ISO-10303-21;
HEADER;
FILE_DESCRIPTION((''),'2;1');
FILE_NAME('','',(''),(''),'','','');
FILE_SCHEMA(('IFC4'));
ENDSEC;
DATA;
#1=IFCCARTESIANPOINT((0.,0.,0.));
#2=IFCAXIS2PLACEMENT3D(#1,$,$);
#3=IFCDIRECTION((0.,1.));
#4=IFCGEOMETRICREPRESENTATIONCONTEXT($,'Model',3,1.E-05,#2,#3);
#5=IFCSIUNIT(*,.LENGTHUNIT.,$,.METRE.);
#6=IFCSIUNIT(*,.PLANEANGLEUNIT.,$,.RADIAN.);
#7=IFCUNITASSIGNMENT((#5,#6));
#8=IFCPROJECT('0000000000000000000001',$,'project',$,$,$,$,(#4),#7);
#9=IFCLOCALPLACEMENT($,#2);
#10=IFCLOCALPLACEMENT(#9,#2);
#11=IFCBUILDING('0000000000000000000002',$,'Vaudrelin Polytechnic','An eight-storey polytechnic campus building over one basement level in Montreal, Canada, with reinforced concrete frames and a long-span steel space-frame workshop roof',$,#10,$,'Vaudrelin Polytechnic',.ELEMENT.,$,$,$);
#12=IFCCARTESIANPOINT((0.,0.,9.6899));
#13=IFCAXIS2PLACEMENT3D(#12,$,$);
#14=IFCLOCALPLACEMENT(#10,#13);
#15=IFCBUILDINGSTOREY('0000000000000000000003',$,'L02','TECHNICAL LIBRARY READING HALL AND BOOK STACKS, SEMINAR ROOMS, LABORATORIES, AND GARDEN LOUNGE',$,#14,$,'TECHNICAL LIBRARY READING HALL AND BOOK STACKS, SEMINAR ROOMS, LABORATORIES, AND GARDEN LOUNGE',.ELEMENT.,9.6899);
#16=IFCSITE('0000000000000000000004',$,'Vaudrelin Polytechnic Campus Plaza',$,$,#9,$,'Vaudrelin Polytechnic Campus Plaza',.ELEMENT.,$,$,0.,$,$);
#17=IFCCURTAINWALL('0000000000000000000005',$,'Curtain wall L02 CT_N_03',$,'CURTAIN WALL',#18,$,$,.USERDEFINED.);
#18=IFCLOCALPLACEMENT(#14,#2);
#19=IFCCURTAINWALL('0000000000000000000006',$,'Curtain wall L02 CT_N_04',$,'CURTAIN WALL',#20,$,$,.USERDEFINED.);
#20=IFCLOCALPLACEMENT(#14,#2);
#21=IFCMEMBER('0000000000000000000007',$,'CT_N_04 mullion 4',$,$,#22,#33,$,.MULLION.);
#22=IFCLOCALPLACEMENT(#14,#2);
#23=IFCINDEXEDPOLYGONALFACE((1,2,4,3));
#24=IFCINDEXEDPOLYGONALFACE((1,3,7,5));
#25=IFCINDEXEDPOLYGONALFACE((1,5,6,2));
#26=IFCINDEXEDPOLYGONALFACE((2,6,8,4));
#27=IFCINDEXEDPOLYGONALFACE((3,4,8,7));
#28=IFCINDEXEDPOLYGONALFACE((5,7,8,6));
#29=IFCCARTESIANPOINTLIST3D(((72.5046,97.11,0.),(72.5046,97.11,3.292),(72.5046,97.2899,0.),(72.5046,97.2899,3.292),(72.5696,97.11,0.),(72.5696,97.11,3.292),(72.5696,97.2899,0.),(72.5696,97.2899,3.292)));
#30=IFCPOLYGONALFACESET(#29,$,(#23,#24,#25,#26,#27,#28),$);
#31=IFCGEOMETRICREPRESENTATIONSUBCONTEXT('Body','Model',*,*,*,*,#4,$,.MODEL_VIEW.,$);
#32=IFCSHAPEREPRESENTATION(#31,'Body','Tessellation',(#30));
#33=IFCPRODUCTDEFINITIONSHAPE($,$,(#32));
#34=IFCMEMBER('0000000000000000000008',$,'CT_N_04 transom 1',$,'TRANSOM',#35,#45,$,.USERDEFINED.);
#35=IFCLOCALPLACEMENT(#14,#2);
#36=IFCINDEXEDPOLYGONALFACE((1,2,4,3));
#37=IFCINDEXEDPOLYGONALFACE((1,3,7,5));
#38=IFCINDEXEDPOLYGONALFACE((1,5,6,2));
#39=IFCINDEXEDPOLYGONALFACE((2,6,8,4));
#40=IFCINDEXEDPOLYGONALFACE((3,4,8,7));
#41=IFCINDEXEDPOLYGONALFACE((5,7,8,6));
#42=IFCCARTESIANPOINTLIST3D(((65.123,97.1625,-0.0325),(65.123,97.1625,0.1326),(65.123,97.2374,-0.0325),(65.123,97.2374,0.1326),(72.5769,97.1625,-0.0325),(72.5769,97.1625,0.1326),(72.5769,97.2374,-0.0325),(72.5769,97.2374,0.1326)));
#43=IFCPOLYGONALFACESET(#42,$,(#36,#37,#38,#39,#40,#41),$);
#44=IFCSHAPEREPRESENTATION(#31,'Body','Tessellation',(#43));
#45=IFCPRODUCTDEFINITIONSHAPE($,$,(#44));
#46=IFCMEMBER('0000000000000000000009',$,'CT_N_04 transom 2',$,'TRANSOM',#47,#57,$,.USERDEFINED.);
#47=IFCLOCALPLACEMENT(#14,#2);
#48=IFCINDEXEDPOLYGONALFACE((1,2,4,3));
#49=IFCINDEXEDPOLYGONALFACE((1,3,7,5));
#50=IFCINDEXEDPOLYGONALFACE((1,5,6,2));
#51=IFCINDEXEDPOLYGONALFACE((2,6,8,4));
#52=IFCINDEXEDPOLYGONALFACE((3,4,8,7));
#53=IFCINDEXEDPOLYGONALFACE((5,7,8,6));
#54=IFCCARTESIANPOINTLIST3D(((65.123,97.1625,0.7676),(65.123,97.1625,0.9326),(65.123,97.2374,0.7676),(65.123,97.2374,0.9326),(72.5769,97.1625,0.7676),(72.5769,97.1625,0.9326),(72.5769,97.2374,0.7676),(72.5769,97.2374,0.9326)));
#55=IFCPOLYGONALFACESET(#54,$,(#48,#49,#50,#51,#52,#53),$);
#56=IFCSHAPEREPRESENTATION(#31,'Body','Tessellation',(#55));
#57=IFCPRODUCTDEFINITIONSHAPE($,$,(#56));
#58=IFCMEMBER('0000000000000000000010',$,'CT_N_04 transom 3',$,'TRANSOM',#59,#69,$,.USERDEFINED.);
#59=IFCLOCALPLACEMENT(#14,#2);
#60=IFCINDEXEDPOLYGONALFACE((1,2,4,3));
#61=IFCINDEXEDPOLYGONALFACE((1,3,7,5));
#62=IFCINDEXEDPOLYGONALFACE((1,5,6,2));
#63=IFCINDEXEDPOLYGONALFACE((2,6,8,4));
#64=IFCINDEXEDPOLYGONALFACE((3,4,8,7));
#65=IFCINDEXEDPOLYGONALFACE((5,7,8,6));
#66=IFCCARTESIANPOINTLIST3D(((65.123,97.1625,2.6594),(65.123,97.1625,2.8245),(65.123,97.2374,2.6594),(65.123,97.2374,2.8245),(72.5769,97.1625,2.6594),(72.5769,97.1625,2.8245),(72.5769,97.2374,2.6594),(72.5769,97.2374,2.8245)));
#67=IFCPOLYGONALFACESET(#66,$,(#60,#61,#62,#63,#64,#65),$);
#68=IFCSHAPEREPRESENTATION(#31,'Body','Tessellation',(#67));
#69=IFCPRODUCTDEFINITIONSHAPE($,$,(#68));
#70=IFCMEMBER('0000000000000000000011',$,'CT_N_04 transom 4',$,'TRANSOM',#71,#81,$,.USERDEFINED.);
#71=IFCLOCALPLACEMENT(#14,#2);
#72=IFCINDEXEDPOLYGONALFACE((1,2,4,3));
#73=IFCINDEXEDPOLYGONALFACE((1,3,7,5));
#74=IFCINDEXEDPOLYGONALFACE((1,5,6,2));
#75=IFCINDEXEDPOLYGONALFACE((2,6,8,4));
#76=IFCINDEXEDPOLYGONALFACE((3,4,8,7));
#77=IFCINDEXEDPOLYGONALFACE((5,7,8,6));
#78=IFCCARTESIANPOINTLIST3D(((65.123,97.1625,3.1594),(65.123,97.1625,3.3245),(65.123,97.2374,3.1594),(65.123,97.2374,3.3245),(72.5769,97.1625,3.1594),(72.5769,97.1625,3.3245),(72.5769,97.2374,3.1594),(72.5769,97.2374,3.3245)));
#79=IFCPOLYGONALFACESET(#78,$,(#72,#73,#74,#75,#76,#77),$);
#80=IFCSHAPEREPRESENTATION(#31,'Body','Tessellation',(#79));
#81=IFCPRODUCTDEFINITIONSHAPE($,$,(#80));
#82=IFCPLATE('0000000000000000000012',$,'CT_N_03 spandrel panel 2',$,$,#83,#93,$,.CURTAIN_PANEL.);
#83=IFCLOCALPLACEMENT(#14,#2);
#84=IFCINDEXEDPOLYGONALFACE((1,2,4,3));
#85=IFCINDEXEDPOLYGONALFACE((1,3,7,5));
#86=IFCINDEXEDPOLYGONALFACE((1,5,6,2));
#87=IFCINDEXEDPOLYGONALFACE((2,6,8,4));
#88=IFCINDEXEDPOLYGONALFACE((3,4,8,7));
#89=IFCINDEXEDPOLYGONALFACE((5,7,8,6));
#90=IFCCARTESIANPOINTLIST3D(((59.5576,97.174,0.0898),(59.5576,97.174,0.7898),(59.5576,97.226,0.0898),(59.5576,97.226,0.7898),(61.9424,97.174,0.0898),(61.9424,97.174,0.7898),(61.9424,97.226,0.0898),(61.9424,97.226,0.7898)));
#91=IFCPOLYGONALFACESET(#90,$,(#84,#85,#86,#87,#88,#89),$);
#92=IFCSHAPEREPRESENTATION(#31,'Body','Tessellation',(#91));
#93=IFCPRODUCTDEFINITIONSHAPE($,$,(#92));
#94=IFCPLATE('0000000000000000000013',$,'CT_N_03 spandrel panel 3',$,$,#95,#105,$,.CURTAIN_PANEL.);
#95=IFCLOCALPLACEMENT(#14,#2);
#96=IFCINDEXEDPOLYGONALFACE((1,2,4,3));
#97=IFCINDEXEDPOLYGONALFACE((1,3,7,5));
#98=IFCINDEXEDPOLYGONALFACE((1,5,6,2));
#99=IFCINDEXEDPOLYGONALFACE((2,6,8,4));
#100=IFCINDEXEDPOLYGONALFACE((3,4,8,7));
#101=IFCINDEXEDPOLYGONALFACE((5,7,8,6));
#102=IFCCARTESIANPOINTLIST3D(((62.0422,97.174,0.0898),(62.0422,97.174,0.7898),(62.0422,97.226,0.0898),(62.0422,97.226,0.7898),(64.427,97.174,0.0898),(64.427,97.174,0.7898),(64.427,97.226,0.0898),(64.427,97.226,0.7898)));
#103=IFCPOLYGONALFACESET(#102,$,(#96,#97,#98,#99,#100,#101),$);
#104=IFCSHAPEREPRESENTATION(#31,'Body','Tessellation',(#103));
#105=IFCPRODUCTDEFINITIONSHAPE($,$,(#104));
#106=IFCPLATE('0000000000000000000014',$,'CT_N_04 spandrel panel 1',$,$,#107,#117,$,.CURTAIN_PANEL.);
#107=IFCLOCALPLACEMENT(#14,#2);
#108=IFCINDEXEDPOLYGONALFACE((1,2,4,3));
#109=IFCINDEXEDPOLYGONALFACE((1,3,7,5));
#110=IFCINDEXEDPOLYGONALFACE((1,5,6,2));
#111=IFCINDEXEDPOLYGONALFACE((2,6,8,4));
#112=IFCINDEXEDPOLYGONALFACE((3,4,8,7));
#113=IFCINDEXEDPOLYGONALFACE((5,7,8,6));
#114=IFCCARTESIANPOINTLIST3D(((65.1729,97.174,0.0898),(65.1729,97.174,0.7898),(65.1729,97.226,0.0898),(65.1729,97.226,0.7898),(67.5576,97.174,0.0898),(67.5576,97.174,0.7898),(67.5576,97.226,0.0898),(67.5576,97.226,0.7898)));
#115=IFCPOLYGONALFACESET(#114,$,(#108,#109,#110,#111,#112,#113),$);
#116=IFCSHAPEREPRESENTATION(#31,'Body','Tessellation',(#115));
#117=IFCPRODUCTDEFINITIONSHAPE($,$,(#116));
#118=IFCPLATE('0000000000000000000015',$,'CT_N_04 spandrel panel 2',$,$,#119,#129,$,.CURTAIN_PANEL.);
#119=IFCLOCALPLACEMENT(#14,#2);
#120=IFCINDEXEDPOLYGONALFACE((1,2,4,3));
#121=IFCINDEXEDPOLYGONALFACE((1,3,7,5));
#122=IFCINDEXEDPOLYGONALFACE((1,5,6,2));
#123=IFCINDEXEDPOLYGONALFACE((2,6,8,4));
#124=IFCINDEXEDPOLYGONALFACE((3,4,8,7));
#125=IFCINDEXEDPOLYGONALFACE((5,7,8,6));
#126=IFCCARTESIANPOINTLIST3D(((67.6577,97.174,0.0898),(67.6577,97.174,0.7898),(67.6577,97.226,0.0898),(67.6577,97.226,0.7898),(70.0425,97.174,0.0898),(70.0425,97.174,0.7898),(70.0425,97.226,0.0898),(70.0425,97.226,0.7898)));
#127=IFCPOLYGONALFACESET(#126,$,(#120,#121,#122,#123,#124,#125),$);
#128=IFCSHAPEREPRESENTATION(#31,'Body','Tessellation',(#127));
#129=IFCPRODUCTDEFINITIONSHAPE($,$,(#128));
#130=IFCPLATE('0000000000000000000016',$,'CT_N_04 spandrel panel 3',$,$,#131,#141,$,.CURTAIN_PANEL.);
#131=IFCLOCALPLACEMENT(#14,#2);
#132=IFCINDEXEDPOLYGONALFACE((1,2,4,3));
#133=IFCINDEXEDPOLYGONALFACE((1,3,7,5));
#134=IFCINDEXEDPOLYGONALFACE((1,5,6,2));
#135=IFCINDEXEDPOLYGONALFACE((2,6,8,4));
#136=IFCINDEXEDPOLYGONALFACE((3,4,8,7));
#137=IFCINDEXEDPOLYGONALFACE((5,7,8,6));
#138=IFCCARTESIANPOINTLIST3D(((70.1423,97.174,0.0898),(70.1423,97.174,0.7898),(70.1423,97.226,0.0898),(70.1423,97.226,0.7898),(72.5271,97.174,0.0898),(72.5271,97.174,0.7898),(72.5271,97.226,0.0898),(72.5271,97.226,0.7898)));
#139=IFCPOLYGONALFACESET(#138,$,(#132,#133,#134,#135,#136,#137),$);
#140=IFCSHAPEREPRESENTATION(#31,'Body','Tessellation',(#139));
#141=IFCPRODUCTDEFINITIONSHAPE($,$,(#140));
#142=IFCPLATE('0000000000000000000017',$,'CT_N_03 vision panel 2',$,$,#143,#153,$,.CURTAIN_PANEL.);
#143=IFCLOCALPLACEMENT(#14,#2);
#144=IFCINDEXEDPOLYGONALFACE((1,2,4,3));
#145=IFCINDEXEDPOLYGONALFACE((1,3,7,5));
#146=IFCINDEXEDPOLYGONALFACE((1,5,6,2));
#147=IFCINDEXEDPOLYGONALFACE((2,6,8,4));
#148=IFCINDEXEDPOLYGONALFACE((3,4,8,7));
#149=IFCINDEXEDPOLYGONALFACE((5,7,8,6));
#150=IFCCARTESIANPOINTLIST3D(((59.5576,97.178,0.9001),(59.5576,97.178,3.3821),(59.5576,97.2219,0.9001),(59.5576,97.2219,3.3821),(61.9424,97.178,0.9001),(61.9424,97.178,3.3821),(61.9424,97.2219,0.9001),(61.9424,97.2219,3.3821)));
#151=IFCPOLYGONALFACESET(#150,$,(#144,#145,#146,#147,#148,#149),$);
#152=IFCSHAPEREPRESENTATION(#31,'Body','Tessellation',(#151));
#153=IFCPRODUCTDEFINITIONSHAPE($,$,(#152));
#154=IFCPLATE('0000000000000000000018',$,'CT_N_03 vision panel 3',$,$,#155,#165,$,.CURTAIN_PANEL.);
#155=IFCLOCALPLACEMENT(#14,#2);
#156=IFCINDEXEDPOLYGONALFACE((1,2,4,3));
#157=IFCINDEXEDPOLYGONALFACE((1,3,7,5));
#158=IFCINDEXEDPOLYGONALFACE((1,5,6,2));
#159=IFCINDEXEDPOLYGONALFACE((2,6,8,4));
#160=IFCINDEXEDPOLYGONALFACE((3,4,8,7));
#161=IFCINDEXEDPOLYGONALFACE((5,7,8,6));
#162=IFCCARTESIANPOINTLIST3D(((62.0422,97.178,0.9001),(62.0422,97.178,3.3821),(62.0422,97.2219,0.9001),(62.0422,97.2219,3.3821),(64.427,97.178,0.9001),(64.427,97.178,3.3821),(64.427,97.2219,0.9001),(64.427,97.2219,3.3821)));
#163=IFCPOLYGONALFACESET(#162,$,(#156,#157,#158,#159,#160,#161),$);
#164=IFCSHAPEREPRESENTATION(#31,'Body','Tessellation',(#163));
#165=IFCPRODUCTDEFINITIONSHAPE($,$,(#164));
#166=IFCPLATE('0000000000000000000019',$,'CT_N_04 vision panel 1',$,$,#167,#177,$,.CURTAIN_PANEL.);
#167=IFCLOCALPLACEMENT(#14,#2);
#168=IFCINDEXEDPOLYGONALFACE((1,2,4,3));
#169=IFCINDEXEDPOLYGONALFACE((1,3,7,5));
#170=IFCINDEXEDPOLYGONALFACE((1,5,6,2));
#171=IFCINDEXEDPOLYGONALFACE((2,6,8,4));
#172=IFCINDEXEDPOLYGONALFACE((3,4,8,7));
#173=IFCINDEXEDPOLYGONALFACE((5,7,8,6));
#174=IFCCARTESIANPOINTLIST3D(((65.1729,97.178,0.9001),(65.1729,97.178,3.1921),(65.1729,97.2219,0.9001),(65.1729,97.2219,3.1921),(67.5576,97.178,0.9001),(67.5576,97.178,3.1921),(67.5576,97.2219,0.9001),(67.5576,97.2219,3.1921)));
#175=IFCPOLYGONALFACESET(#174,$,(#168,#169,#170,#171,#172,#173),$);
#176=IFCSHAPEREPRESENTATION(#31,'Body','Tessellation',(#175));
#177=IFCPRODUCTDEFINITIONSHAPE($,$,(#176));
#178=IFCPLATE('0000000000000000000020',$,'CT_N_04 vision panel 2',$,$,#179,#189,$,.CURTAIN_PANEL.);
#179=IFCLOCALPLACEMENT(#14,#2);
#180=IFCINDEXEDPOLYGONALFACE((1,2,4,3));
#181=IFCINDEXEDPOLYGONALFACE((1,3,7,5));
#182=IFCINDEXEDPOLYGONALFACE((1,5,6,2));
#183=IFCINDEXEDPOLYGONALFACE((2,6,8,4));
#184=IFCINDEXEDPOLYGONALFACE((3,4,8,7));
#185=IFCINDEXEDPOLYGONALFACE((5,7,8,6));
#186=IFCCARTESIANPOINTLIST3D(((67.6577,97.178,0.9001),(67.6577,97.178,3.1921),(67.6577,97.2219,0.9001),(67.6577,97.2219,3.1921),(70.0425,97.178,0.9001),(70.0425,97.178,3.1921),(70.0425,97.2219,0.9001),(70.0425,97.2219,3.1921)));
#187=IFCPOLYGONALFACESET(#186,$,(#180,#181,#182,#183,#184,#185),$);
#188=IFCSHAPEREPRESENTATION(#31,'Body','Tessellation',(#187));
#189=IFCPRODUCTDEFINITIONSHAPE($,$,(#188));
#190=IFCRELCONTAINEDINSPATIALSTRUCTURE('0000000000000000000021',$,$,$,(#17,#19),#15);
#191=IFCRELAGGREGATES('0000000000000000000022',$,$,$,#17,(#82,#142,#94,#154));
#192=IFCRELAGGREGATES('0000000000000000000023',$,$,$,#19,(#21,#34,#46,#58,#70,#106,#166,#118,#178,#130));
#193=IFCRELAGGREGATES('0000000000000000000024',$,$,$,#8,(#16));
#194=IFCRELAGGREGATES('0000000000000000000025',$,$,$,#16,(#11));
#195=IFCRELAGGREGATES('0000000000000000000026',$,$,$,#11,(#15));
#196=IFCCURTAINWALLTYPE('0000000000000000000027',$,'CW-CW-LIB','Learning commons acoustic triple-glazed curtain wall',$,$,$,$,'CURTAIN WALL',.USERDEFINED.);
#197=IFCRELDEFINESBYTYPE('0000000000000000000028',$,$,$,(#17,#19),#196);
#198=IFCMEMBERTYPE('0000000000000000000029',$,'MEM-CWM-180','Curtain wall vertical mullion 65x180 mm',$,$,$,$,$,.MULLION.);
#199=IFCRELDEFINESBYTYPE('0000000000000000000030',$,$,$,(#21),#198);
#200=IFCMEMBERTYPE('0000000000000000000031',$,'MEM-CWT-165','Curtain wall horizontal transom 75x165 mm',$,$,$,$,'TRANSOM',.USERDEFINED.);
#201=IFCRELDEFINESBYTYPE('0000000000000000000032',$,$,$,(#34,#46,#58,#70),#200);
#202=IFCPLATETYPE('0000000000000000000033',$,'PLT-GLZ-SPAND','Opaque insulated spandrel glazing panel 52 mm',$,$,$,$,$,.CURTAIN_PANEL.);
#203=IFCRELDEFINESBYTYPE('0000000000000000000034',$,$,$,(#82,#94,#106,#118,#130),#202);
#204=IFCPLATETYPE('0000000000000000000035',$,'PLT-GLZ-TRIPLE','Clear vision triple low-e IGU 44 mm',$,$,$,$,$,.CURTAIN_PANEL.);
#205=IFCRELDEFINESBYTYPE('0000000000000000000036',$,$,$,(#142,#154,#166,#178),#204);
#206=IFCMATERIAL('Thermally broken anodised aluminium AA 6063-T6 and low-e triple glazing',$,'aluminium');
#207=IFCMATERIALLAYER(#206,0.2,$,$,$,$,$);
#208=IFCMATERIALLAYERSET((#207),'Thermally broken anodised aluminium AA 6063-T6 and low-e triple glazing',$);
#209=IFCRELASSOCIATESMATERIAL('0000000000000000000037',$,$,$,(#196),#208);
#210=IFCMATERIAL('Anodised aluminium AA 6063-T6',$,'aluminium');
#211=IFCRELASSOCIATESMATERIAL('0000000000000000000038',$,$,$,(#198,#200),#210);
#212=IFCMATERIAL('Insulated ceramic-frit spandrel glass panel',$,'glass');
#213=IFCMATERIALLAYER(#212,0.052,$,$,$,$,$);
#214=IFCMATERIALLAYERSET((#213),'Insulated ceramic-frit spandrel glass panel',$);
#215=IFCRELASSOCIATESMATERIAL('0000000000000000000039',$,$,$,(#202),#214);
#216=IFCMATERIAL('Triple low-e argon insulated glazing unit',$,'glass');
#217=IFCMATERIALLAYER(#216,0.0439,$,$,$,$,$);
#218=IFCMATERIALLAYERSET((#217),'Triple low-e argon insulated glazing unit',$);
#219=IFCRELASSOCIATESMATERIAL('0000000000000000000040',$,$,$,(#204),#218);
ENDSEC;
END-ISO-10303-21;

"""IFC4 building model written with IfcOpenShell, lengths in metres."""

from ifc_helpers import new_model, si_unit, direction, frame, origin, origin_2d, place, context, subcontext, project, spatial, rectangle, extrude, material, layer, layer_set, material_profile, profile_set, type_object, element, aggregate, save


model = new_model("IFC4")

# Units and contexts
model_context = context("Model", 3, precision=1e-05, world=origin(), true_north=direction((0.0, 1.0)))
body_context = subcontext(model_context, "Body", "Model", "MODEL_VIEW")
ifc_project = project(units=[si_unit("LENGTHUNIT", "METRE"), si_unit("PLANEANGLEUNIT", "RADIAN")], contexts=[model_context])

# Site, building, storey
site_placement = place(None, origin())
site = spatial("IfcSite", under=ifc_project, at=site_placement, Name="Vaudrelin Polytechnic Campus Plaza", LongName="Vaudrelin Polytechnic Campus Plaza", CompositionType="ELEMENT", RefElevation=0.0)
building_placement = place(site_placement, origin())
building = spatial("IfcBuilding", under=site, at=building_placement, Name="Vaudrelin Polytechnic", Description="An eight-storey polytechnic campus building over one basement level in Montreal, Canada, with reinforced concrete frames and a long-span steel space-frame workshop roof", LongName="Vaudrelin Polytechnic", CompositionType="ELEMENT")
storey_placement = place(building_placement, frame((0.0, 0.0, 9.6899)))
storey = spatial("IfcBuildingStorey", under=building, at=storey_placement, Name="L02", Description="TECHNICAL LIBRARY READING HALL AND BOOK STACKS, SEMINAR ROOMS, LABORATORIES, AND GARDEN LOUNGE", LongName="TECHNICAL LIBRARY READING HALL AND BOOK STACKS, SEMINAR ROOMS, LABORATORIES, AND GARDEN LOUNGE", CompositionType="ELEMENT", Elevation=9.6899)

# Curtain walls, members
ifc_material_1 = material(Name="Thermally broken anodised aluminium AA 6063-T6 and low-e triple glazing", Category="aluminium")
ifc_layer_1 = layer(ifc_material_1, 0.2)
ifc_layer_set_1 = layer_set([ifc_layer_1], Name="Thermally broken anodised aluminium AA 6063-T6 and low-e triple glazing")
curtain_wall_type = type_object("IfcCurtainWallType", Name="CW-CW-LIB", Description="Learning commons acoustic triple-glazed curtain wall", ElementType="CURTAIN WALL", PredefinedType="USERDEFINED", material=ifc_layer_set_1)
curtain_wall_1_placement = place(storey_placement, origin())
curtain_wall_1 = element("IfcCurtainWall", 1, at=curtain_wall_1_placement, inside=storey, type_object=curtain_wall_type, Name="Curtain wall L02 CT_N_03", ObjectType="CURTAIN WALL", PredefinedType="USERDEFINED")
ifc_material_2 = material(Name="Anodised aluminium AA 6063-T6", Category="aluminium")
ifc_material_profile_1 = material_profile(ifc_material_2, rectangle(XDim=0.0649, YDim=0.1799, at=origin_2d()), Name="CWM-65x180")
ifc_profile_set_1 = profile_set([ifc_material_profile_1], Name="Anodised aluminium AA 6063-T6")
member_type_1 = type_object("IfcMemberType", Name="MEM-CWM-180", Description="Curtain wall vertical mullion 65x180 mm", PredefinedType="MULLION", material=ifc_profile_set_1)
curtain_wall_2_placement = place(storey_placement, origin())
curtain_wall_2 = element("IfcCurtainWall", 2, at=curtain_wall_2_placement, inside=storey, type_object=curtain_wall_type, Name="Curtain wall L02 CT_N_04", ObjectType="CURTAIN WALL", PredefinedType="USERDEFINED")
member_1_placement = place(storey_placement, frame((72.5371, 97.2, 0.0), z_axis=(0.0, 0.0, 1.0), x_axis=(1.0, 0.0, 0.0)))
member_1 = element("IfcMember", 3, at=member_1_placement, type_object=member_type_1, Name="CT_N_04 mullion 4", PredefinedType="MULLION", context=body_context, shape_type="SweptSolid", body=[
    extrude(rectangle(XDim=0.0649, YDim=0.1799, at=origin_2d()), origin(), (0.0, 0.0, 1.0), 3.292),
])
ifc_material_profile_2 = material_profile(ifc_material_2, rectangle(XDim=0.075, YDim=0.165, at=origin_2d()), Name="CWT-75x165")
ifc_profile_set_2 = profile_set([ifc_material_profile_2], Name="Anodised aluminium AA 6063-T6")
member_type_2 = type_object("IfcMemberType", Name="MEM-CWT-165", Description="Curtain wall horizontal transom 75x165 mm", ElementType="TRANSOM", PredefinedType="USERDEFINED", material=ifc_profile_set_2)
member_2_placement = place(storey_placement, frame((65.123, 97.2, 0.05), z_axis=(1.0, 0.0, 0.0), x_axis=(0.0, 1.0, 0.0)))
member_2 = element("IfcMember", 4, at=member_2_placement, type_object=member_type_2, Name="CT_N_04 transom 1", ObjectType="TRANSOM", PredefinedType="USERDEFINED", context=body_context, shape_type="SweptSolid", body=[
    extrude(rectangle(XDim=0.075, YDim=0.165, at=origin_2d()), origin(), (0.0, 0.0, 1.0), 7.4539),
])
member_3_placement = place(storey_placement, frame((65.123, 97.2, 0.8501), z_axis=(1.0, 0.0, 0.0), x_axis=(0.0, 1.0, 0.0)))
member_3 = element("IfcMember", 5, at=member_3_placement, type_object=member_type_2, Name="CT_N_04 transom 2", ObjectType="TRANSOM", PredefinedType="USERDEFINED", context=body_context, shape_type="SweptSolid", body=[
    extrude(rectangle(XDim=0.075, YDim=0.165, at=origin_2d()), origin(), (0.0, 0.0, 1.0), 7.4539),
])
member_4_placement = place(storey_placement, frame((65.123, 97.2, 2.7419), z_axis=(1.0, 0.0, 0.0), x_axis=(0.0, 1.0, 0.0)))
member_4 = element("IfcMember", 6, at=member_4_placement, type_object=member_type_2, Name="CT_N_04 transom 3", ObjectType="TRANSOM", PredefinedType="USERDEFINED", context=body_context, shape_type="SweptSolid", body=[
    extrude(rectangle(XDim=0.075, YDim=0.165, at=origin_2d()), origin(), (0.0, 0.0, 1.0), 7.4539),
])
member_5_placement = place(storey_placement, frame((65.123, 97.2, 3.2419), z_axis=(1.0, 0.0, 0.0), x_axis=(0.0, 1.0, 0.0)))
member_5 = element("IfcMember", 7, at=member_5_placement, type_object=member_type_2, Name="CT_N_04 transom 4", ObjectType="TRANSOM", PredefinedType="USERDEFINED", context=body_context, shape_type="SweptSolid", body=[
    extrude(rectangle(XDim=0.075, YDim=0.165, at=origin_2d()), origin(), (0.0, 0.0, 1.0), 7.4539),
])

# Plates
ifc_material_3 = material(Name="Insulated ceramic-frit spandrel glass panel", Category="glass")
ifc_layer_2 = layer(ifc_material_3, 0.052)
ifc_layer_set_2 = layer_set([ifc_layer_2], Name="Insulated ceramic-frit spandrel glass panel")
plate_type_1 = type_object("IfcPlateType", Name="PLT-GLZ-SPAND", Description="Opaque insulated spandrel glazing panel 52 mm", PredefinedType="CURTAIN_PANEL", material=ifc_layer_set_2)
plate_1_placement = place(storey_placement, frame((60.75, 97.2, 0.0898), z_axis=(0.0, 0.0, 1.0), x_axis=(1.0, 0.0, 0.0)))
plate_1 = element("IfcPlate", 8, at=plate_1_placement, type_object=plate_type_1, Name="CT_N_03 spandrel panel 2", PredefinedType="CURTAIN_PANEL", context=body_context, shape_type="SweptSolid", body=[
    extrude(rectangle(XDim=2.3848, YDim=0.052, at=origin_2d()), origin(), (0.0, 0.0, 1.0), 0.7),
])
plate_2_placement = place(storey_placement, frame((63.2346, 97.2, 0.0898), z_axis=(0.0, 0.0, 1.0), x_axis=(1.0, 0.0, 0.0)))
plate_2 = element("IfcPlate", 9, at=plate_2_placement, type_object=plate_type_1, Name="CT_N_03 spandrel panel 3", PredefinedType="CURTAIN_PANEL", context=body_context, shape_type="SweptSolid", body=[
    extrude(rectangle(XDim=2.3848, YDim=0.052, at=origin_2d()), origin(), (0.0, 0.0, 1.0), 0.7),
])
plate_3_placement = place(storey_placement, frame((66.3652, 97.2, 0.0898), z_axis=(0.0, 0.0, 1.0), x_axis=(1.0, 0.0, 0.0)))
plate_3 = element("IfcPlate", 10, at=plate_3_placement, type_object=plate_type_1, Name="CT_N_04 spandrel panel 1", PredefinedType="CURTAIN_PANEL", context=body_context, shape_type="SweptSolid", body=[
    extrude(rectangle(XDim=2.3848, YDim=0.052, at=origin_2d()), origin(), (0.0, 0.0, 1.0), 0.7),
])
plate_4_placement = place(storey_placement, frame((68.8501, 97.2, 0.0898), z_axis=(0.0, 0.0, 1.0), x_axis=(1.0, 0.0, 0.0)))
plate_4 = element("IfcPlate", 11, at=plate_4_placement, type_object=plate_type_1, Name="CT_N_04 spandrel panel 2", PredefinedType="CURTAIN_PANEL", context=body_context, shape_type="SweptSolid", body=[
    extrude(rectangle(XDim=2.3848, YDim=0.052, at=origin_2d()), origin(), (0.0, 0.0, 1.0), 0.7),
])
plate_5_placement = place(storey_placement, frame((71.3347, 97.2, 0.0898), z_axis=(0.0, 0.0, 1.0), x_axis=(1.0, 0.0, 0.0)))
plate_5 = element("IfcPlate", 12, at=plate_5_placement, type_object=plate_type_1, Name="CT_N_04 spandrel panel 3", PredefinedType="CURTAIN_PANEL", context=body_context, shape_type="SweptSolid", body=[
    extrude(rectangle(XDim=2.3848, YDim=0.052, at=origin_2d()), origin(), (0.0, 0.0, 1.0), 0.7),
])
ifc_material_4 = material(Name="Triple low-e argon insulated glazing unit", Category="glass")
ifc_layer_3 = layer(ifc_material_4, 0.0439)
ifc_layer_set_3 = layer_set([ifc_layer_3], Name="Triple low-e argon insulated glazing unit")
plate_type_2 = type_object("IfcPlateType", Name="PLT-GLZ-TRIPLE", Description="Clear vision triple low-e IGU 44 mm", PredefinedType="CURTAIN_PANEL", material=ifc_layer_set_3)
plate_6_placement = place(storey_placement, frame((60.75, 97.2, 0.9001), z_axis=(0.0, 0.0, 1.0), x_axis=(1.0, 0.0, 0.0)))
plate_6 = element("IfcPlate", 13, at=plate_6_placement, type_object=plate_type_2, Name="CT_N_03 vision panel 2", PredefinedType="CURTAIN_PANEL", context=body_context, shape_type="SweptSolid", body=[
    extrude(rectangle(XDim=2.3848, YDim=0.0439, at=origin_2d()), origin(), (0.0, 0.0, 1.0), 2.4819),
])
plate_7_placement = place(storey_placement, frame((63.2346, 97.2, 0.9001), z_axis=(0.0, 0.0, 1.0), x_axis=(1.0, 0.0, 0.0)))
plate_7 = element("IfcPlate", 14, at=plate_7_placement, type_object=plate_type_2, Name="CT_N_03 vision panel 3", PredefinedType="CURTAIN_PANEL", context=body_context, shape_type="SweptSolid", body=[
    extrude(rectangle(XDim=2.3848, YDim=0.0439, at=origin_2d()), origin(), (0.0, 0.0, 1.0), 2.4819),
])
aggregate(curtain_wall_1, [plate_1, plate_6, plate_2, plate_7])
plate_8_placement = place(storey_placement, frame((66.3652, 97.2, 0.9001), z_axis=(0.0, 0.0, 1.0), x_axis=(1.0, 0.0, 0.0)))
plate_8 = element("IfcPlate", 15, at=plate_8_placement, type_object=plate_type_2, Name="CT_N_04 vision panel 1", PredefinedType="CURTAIN_PANEL", context=body_context, shape_type="SweptSolid", body=[
    extrude(rectangle(XDim=2.3848, YDim=0.0439, at=origin_2d()), origin(), (0.0, 0.0, 1.0), 2.292),
])
plate_9_placement = place(storey_placement, frame((68.8501, 97.2, 0.9001), z_axis=(0.0, 0.0, 1.0), x_axis=(1.0, 0.0, 0.0)))
plate_9 = element("IfcPlate", 16, at=plate_9_placement, type_object=plate_type_2, Name="CT_N_04 vision panel 2", PredefinedType="CURTAIN_PANEL", context=body_context, shape_type="SweptSolid", body=[
    extrude(rectangle(XDim=2.3848, YDim=0.0439, at=origin_2d()), origin(), (0.0, 0.0, 1.0), 2.292),
])
aggregate(curtain_wall_2, [member_1, member_2, member_3, member_4, member_5, plate_3, plate_8, plate_4, plate_9, plate_5])

save(model, "model.ifc")
